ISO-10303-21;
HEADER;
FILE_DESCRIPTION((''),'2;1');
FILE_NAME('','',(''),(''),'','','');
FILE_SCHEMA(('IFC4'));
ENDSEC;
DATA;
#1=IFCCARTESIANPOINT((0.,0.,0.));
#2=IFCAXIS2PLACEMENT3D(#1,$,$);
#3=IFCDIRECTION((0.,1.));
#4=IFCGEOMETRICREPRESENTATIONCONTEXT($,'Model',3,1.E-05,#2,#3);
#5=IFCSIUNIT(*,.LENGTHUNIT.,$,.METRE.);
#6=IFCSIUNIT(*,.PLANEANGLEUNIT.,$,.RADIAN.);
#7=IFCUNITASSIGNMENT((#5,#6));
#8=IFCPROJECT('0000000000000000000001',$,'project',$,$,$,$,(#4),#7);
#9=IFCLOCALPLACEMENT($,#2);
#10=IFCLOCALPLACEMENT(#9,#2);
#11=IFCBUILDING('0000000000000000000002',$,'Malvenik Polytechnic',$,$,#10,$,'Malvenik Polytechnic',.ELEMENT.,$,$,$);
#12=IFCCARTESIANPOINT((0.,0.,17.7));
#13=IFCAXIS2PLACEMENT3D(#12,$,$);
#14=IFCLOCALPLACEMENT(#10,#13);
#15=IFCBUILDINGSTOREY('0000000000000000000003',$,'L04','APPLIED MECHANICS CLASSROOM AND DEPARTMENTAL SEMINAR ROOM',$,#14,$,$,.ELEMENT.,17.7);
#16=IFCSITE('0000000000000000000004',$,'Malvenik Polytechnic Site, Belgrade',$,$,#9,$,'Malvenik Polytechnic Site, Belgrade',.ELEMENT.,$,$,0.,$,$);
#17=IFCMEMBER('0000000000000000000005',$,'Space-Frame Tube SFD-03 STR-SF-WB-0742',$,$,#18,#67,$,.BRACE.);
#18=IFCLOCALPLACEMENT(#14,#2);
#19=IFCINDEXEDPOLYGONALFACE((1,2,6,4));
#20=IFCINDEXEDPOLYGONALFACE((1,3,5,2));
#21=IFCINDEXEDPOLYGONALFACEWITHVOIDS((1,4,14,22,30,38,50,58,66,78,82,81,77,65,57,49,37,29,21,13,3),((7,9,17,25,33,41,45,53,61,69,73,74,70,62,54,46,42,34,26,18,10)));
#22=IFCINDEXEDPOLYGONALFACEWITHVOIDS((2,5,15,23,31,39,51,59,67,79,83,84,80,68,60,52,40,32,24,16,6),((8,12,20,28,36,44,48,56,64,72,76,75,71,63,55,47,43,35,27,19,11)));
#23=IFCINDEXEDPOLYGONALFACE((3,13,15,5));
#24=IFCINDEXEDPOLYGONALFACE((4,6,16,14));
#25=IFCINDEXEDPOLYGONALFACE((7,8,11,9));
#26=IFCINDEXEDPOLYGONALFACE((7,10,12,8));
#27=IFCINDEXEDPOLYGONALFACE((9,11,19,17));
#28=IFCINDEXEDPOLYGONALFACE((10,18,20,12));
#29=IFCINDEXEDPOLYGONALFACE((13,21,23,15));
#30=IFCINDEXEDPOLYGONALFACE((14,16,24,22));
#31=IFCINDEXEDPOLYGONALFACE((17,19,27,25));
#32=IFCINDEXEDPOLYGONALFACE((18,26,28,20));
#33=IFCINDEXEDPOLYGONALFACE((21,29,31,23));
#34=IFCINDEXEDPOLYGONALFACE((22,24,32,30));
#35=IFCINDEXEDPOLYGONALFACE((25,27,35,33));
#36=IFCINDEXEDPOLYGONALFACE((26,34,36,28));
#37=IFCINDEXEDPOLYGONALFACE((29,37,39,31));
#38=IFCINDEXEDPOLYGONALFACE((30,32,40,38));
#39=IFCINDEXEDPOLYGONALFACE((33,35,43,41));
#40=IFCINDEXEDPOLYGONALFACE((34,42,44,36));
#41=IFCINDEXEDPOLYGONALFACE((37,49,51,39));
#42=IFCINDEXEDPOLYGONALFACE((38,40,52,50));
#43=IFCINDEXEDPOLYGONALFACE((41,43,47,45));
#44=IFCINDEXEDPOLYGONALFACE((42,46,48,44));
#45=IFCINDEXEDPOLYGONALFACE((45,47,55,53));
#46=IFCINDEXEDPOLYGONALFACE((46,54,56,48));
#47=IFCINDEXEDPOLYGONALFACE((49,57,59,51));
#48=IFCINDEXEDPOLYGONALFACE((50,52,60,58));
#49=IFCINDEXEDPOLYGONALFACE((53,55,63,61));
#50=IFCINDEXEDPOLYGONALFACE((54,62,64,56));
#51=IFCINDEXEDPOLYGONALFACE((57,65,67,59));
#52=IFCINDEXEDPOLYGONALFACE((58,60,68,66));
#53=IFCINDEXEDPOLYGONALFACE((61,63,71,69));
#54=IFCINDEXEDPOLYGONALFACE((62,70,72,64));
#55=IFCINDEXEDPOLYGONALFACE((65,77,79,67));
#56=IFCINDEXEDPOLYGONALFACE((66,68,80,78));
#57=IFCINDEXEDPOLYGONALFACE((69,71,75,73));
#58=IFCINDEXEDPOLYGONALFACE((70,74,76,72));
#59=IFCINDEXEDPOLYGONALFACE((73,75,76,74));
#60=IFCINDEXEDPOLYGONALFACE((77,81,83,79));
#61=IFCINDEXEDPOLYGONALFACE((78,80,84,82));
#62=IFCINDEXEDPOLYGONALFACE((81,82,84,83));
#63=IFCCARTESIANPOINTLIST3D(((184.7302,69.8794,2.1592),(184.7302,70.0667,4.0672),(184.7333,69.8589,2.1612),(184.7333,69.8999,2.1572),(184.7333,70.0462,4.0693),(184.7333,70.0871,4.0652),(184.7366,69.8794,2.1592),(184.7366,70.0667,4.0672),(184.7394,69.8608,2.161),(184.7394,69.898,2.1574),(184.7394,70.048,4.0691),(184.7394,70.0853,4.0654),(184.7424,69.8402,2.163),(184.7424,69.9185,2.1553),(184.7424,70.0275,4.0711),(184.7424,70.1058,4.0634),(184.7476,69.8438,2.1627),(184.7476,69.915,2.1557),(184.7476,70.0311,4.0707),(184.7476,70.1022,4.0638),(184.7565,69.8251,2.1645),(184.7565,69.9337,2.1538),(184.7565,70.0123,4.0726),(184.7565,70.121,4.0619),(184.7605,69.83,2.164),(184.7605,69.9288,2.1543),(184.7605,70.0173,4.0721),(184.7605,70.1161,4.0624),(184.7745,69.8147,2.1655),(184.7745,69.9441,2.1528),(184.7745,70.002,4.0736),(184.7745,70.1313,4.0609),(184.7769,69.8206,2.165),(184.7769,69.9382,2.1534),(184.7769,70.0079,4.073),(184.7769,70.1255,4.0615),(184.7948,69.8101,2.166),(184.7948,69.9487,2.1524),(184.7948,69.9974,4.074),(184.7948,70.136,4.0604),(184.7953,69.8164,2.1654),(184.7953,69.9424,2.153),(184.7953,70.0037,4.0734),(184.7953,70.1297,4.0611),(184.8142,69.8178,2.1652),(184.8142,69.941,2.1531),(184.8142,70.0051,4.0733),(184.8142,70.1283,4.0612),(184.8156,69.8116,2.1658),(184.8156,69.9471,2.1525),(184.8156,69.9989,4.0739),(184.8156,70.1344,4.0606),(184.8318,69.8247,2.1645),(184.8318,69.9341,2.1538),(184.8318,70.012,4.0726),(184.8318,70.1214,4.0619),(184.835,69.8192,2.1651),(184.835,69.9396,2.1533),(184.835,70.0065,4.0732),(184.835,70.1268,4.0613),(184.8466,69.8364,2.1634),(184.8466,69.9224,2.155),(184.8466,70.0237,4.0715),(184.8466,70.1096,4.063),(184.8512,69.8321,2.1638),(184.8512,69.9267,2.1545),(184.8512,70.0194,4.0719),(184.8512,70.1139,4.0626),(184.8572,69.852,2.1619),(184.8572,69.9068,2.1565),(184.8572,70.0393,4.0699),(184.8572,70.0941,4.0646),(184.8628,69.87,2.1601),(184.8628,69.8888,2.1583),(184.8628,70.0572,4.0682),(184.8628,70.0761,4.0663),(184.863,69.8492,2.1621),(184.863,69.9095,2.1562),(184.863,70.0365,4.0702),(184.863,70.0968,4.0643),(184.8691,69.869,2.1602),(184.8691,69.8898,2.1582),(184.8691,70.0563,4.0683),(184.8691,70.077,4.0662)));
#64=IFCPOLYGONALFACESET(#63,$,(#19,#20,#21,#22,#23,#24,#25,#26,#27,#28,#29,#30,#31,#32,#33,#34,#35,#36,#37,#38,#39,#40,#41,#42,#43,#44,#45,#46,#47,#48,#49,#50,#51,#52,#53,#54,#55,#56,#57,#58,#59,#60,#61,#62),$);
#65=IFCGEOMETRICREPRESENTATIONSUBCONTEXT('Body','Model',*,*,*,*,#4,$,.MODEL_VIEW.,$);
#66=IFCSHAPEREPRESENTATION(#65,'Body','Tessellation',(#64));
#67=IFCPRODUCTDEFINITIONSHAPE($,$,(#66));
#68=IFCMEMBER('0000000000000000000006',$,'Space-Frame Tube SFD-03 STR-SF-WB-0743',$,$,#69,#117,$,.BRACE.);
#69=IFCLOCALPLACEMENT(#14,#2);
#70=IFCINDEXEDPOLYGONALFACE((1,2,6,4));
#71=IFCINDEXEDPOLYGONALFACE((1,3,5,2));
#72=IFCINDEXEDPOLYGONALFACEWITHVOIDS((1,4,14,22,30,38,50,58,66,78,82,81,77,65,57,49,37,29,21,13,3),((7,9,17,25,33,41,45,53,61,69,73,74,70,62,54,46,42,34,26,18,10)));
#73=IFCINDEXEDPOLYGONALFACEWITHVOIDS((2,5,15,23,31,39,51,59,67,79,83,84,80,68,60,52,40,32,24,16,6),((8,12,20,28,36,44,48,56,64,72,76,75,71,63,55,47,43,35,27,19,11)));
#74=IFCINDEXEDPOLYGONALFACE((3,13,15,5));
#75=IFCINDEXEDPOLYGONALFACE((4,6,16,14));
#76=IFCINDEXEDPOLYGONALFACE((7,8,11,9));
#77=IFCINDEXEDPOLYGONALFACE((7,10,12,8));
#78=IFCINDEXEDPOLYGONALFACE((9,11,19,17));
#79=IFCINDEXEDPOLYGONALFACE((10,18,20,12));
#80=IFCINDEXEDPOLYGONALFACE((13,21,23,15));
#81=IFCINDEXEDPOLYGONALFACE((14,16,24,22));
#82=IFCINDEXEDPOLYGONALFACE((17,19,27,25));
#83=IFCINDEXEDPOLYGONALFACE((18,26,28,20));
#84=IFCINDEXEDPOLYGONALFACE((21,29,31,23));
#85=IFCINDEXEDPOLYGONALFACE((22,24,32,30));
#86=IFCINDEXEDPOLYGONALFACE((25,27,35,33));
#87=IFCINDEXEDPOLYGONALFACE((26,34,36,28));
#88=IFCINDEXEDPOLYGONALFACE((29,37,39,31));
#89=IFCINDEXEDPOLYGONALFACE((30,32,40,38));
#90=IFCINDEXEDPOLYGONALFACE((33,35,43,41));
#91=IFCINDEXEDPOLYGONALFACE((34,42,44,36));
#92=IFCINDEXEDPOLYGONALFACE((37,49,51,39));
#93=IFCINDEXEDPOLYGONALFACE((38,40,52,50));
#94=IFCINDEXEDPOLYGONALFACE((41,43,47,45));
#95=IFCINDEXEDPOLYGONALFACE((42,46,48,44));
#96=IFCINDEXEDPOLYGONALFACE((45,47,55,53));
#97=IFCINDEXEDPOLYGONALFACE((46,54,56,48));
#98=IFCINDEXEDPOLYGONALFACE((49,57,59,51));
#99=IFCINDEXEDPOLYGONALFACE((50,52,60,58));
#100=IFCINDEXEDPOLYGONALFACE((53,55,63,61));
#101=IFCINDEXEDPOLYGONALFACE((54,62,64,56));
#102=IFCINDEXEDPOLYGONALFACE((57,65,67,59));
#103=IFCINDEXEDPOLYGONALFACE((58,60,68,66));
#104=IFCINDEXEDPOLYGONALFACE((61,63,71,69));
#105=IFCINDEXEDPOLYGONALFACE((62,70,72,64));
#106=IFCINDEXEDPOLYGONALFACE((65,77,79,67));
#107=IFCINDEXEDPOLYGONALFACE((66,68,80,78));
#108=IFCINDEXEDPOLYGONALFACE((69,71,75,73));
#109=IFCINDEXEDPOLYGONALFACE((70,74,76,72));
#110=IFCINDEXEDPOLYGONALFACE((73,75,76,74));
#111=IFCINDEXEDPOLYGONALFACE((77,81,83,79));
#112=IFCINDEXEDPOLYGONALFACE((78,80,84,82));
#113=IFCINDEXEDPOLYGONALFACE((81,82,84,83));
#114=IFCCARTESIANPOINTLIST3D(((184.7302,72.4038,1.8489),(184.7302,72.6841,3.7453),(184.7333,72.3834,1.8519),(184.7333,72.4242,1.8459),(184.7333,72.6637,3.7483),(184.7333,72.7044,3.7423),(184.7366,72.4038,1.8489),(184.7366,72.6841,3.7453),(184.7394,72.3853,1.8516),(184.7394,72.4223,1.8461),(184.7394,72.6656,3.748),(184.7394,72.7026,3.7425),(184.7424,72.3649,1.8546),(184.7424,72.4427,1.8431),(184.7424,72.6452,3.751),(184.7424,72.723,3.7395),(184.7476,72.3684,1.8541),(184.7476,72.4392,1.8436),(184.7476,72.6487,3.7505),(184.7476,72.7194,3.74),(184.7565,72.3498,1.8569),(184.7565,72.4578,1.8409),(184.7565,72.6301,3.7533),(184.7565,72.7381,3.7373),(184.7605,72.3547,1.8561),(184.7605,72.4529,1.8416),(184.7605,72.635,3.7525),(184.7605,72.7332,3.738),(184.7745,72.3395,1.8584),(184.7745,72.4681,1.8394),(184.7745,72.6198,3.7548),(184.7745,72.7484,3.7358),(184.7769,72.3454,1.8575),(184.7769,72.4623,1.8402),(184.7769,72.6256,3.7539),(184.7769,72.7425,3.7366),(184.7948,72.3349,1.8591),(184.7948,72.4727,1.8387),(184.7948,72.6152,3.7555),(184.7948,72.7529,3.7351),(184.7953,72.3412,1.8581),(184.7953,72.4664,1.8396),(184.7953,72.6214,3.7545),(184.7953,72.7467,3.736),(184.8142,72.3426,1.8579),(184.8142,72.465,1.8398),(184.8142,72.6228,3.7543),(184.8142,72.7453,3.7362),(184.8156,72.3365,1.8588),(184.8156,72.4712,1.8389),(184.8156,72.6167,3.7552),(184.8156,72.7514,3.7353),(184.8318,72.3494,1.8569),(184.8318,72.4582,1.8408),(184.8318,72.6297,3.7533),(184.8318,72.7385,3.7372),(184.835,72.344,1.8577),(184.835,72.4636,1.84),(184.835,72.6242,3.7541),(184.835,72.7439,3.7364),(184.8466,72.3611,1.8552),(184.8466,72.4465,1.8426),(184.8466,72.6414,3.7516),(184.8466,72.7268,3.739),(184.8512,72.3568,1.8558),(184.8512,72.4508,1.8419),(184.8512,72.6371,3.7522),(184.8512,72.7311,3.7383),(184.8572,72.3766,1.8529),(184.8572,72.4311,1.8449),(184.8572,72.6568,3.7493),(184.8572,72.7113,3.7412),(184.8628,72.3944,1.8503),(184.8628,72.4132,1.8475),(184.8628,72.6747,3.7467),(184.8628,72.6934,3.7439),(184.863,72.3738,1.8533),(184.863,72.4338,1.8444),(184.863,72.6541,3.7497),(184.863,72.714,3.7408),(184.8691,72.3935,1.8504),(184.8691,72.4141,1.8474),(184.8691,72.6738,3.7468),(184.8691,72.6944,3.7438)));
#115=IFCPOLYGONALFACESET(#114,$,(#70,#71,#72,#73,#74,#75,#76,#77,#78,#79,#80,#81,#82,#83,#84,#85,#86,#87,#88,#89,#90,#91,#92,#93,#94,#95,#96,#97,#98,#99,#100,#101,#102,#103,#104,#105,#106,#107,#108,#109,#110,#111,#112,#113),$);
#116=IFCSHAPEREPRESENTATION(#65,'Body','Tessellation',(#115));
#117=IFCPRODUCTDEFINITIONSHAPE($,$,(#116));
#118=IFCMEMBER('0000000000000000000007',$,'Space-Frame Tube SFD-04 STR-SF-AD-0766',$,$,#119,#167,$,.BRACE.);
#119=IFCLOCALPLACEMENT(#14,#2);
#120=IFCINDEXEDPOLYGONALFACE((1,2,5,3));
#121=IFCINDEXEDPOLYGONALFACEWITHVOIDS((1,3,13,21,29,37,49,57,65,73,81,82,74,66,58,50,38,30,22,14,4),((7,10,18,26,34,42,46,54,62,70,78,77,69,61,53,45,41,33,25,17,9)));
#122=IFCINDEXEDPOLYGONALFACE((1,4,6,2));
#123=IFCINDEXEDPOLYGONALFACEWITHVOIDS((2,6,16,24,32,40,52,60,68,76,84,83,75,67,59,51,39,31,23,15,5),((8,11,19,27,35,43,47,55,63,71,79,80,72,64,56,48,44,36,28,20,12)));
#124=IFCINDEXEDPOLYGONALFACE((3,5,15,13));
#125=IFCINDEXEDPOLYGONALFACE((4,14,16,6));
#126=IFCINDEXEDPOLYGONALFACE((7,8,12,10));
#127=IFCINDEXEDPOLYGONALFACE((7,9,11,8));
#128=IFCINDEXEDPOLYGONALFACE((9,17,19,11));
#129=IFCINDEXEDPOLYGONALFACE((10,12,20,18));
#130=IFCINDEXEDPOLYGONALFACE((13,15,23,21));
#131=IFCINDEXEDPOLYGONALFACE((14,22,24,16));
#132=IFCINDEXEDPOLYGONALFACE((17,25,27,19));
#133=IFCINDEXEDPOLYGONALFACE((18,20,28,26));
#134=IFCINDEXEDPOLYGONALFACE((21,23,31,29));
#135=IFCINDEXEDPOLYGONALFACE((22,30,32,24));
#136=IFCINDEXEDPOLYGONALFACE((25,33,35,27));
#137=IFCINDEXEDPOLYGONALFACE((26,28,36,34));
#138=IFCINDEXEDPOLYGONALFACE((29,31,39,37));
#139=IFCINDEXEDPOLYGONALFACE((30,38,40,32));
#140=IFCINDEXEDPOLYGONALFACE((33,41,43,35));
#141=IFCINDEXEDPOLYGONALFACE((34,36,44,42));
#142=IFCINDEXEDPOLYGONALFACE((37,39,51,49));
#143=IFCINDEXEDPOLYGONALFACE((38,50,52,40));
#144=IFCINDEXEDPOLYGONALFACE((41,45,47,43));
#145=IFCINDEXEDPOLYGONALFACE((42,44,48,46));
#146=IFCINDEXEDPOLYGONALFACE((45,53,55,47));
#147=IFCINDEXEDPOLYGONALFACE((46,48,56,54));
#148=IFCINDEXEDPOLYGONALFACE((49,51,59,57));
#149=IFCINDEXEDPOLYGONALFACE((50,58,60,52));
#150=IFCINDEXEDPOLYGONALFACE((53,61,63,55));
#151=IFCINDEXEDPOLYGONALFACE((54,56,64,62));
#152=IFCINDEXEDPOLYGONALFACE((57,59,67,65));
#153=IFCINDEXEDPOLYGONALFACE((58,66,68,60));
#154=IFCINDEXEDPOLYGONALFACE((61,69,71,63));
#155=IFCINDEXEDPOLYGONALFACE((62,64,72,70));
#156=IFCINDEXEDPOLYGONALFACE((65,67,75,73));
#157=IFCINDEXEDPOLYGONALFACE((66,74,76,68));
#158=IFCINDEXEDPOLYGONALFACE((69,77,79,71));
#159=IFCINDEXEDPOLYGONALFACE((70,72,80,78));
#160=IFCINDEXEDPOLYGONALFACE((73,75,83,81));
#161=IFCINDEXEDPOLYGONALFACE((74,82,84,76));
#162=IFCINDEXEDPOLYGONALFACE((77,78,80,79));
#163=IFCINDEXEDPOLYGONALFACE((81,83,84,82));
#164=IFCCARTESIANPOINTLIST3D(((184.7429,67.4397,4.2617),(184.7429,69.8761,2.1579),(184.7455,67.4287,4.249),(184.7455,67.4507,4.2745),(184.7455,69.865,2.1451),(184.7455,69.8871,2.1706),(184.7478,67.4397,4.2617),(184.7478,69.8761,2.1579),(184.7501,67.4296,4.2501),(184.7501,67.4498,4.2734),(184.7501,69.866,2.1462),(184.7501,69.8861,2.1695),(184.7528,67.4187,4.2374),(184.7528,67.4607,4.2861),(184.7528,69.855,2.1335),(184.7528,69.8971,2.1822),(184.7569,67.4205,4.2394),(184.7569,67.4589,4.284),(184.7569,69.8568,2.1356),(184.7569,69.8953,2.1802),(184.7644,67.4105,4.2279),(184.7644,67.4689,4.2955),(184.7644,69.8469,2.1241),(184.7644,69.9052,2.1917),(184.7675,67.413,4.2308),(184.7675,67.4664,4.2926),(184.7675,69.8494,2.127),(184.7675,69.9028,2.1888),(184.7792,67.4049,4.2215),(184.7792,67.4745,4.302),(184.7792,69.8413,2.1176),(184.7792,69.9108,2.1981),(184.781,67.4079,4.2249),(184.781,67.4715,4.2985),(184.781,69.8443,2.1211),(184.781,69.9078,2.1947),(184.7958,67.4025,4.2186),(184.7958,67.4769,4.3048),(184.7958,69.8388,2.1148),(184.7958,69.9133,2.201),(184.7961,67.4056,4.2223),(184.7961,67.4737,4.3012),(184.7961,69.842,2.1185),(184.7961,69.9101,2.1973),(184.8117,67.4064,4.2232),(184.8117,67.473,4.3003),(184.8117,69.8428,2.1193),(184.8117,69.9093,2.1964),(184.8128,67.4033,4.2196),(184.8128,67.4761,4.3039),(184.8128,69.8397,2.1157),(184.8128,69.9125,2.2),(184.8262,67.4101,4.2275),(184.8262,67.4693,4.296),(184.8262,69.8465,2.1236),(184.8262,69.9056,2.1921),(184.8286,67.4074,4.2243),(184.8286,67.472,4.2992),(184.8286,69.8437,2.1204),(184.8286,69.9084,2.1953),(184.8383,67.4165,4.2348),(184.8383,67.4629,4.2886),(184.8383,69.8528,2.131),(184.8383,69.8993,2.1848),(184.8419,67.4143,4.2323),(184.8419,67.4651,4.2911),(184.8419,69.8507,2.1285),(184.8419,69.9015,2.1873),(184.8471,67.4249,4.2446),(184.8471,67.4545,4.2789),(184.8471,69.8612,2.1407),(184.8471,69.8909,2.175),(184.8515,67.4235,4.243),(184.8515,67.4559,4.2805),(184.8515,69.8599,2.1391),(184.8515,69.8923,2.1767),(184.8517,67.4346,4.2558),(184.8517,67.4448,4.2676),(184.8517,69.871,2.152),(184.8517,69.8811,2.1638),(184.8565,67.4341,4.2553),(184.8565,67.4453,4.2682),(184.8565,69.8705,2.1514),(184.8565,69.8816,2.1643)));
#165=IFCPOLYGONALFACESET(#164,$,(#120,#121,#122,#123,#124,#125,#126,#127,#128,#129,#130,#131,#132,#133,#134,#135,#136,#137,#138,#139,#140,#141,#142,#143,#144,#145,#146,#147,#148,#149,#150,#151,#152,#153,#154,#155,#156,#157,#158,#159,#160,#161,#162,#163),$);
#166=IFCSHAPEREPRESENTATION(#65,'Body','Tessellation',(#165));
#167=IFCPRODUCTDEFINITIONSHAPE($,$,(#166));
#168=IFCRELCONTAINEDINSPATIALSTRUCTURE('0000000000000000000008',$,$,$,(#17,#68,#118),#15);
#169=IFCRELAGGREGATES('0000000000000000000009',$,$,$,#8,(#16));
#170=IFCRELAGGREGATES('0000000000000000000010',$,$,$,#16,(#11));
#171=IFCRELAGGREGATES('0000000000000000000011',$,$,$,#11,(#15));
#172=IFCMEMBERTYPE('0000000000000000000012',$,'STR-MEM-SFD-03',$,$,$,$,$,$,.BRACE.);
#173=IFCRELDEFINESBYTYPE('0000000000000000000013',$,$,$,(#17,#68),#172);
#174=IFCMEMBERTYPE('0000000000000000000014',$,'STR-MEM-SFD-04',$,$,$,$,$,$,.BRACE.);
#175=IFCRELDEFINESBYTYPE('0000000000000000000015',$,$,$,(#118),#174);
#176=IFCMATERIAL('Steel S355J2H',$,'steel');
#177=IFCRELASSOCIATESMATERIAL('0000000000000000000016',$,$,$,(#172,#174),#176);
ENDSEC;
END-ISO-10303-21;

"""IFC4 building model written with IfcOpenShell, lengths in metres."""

from ifc_helpers import new_model, si_unit, direction, frame, origin, origin_2d, place, context, subcontext, project, spatial, hollow_circle, extrude, material, material_profile, profile_set, type_object, element, save


model = new_model("IFC4")

# Units and contexts
model_context = context("Model", 3, precision=1e-05, world=origin(), true_north=direction((0.0, 1.0)))
body_context = subcontext(model_context, "Body", "Model", "MODEL_VIEW")
ifc_project = project(units=[si_unit("LENGTHUNIT", "METRE"), si_unit("PLANEANGLEUNIT", "RADIAN")], contexts=[model_context])

# Site, building, storey
site_placement = place(None, origin())
site = spatial("IfcSite", under=ifc_project, at=site_placement, Name="Malvenik Polytechnic Site, Belgrade", LongName="Malvenik Polytechnic Site, Belgrade", CompositionType="ELEMENT", RefElevation=0.0)
building_placement = place(site_placement, origin())
building = spatial("IfcBuilding", under=site, at=building_placement, Name="Malvenik Polytechnic", LongName="Malvenik Polytechnic", CompositionType="ELEMENT")
storey_placement = place(building_placement, frame((0.0, 0.0, 17.7)))
storey = spatial("IfcBuildingStorey", under=building, at=storey_placement, Name="L04", Description="APPLIED MECHANICS CLASSROOM AND DEPARTMENTAL SEMINAR ROOM", CompositionType="ELEMENT", Elevation=17.7)

# Members
ifc_material_1 = material(Name="Steel S355J2H", Category="steel")
ifc_material_profile_1 = material_profile(ifc_material_1, hollow_circle(Radius=0.0698, WallThickness=0.0063, at=origin_2d()), Name="CHS 139.7x6.3")
ifc_profile_set_1 = profile_set([ifc_material_profile_1], Name="Steel S355J2H")
member_type_1 = type_object("IfcMemberType", Name="STR-MEM-SFD-03", PredefinedType="BRACE", material=ifc_profile_set_1)
member_1_placement = place(storey_placement, frame((184.8, 69.8794, 2.1592), z_axis=(0.0, 0.097675, 0.995218), x_axis=(-1.0, 0.0, 0.0)))
element("IfcMember", 1, at=member_1_placement, inside=storey, type_object=member_type_1, Name="Space-Frame Tube SFD-03 STR-SF-WB-0742", PredefinedType="BRACE", context=body_context, shape_type="SweptSolid", body=[
    extrude(hollow_circle(Radius=0.0698, WallThickness=0.0063, at=origin_2d()), origin(), (0.0, 0.0, 1.0), 1.9172),
])
member_2_placement = place(storey_placement, frame((184.8, 72.4038, 1.8489), z_axis=(0.0, 0.146198, 0.989255), x_axis=(-1.0, 0.0, 0.0)))
element("IfcMember", 2, at=member_2_placement, inside=storey, type_object=member_type_1, Name="Space-Frame Tube SFD-03 STR-SF-WB-0743", PredefinedType="BRACE", context=body_context, shape_type="SweptSolid", body=[
    extrude(hollow_circle(Radius=0.0698, WallThickness=0.0063, at=origin_2d()), origin(), (0.0, 0.0, 1.0), 1.917),
])
ifc_material_profile_2 = material_profile(ifc_material_1, hollow_circle(Radius=0.0571, WallThickness=0.0049, at=origin_2d()), Name="CHS 114.3x5.0")
ifc_profile_set_2 = profile_set([ifc_material_profile_2], Name="Steel S355J2H")
member_type_2 = type_object("IfcMemberType", Name="STR-MEM-SFD-04", PredefinedType="BRACE", material=ifc_profile_set_2)
for number, where, z_axis, x_axis, name in (
    (3, (184.8, 67.4397, 4.2617), (0.0, 0.756869, -0.653567), (-1.0, 0.0, 0.0), "Space-Frame Tube SFD-04 STR-SF-AD-0766"),
):
    element("IfcMember", number, at=place(storey_placement, frame(where, z_axis=z_axis, x_axis=x_axis)), inside=storey, type_object=member_type_2, Name=name, PredefinedType="BRACE", context=body_context, shape_type="SweptSolid", body=[
        extrude(hollow_circle(Radius=0.0571, WallThickness=0.0049, at=origin_2d()), origin(), (0.0, 0.0, 1.0), 3.219),
    ])

save(model, "model.ifc")
